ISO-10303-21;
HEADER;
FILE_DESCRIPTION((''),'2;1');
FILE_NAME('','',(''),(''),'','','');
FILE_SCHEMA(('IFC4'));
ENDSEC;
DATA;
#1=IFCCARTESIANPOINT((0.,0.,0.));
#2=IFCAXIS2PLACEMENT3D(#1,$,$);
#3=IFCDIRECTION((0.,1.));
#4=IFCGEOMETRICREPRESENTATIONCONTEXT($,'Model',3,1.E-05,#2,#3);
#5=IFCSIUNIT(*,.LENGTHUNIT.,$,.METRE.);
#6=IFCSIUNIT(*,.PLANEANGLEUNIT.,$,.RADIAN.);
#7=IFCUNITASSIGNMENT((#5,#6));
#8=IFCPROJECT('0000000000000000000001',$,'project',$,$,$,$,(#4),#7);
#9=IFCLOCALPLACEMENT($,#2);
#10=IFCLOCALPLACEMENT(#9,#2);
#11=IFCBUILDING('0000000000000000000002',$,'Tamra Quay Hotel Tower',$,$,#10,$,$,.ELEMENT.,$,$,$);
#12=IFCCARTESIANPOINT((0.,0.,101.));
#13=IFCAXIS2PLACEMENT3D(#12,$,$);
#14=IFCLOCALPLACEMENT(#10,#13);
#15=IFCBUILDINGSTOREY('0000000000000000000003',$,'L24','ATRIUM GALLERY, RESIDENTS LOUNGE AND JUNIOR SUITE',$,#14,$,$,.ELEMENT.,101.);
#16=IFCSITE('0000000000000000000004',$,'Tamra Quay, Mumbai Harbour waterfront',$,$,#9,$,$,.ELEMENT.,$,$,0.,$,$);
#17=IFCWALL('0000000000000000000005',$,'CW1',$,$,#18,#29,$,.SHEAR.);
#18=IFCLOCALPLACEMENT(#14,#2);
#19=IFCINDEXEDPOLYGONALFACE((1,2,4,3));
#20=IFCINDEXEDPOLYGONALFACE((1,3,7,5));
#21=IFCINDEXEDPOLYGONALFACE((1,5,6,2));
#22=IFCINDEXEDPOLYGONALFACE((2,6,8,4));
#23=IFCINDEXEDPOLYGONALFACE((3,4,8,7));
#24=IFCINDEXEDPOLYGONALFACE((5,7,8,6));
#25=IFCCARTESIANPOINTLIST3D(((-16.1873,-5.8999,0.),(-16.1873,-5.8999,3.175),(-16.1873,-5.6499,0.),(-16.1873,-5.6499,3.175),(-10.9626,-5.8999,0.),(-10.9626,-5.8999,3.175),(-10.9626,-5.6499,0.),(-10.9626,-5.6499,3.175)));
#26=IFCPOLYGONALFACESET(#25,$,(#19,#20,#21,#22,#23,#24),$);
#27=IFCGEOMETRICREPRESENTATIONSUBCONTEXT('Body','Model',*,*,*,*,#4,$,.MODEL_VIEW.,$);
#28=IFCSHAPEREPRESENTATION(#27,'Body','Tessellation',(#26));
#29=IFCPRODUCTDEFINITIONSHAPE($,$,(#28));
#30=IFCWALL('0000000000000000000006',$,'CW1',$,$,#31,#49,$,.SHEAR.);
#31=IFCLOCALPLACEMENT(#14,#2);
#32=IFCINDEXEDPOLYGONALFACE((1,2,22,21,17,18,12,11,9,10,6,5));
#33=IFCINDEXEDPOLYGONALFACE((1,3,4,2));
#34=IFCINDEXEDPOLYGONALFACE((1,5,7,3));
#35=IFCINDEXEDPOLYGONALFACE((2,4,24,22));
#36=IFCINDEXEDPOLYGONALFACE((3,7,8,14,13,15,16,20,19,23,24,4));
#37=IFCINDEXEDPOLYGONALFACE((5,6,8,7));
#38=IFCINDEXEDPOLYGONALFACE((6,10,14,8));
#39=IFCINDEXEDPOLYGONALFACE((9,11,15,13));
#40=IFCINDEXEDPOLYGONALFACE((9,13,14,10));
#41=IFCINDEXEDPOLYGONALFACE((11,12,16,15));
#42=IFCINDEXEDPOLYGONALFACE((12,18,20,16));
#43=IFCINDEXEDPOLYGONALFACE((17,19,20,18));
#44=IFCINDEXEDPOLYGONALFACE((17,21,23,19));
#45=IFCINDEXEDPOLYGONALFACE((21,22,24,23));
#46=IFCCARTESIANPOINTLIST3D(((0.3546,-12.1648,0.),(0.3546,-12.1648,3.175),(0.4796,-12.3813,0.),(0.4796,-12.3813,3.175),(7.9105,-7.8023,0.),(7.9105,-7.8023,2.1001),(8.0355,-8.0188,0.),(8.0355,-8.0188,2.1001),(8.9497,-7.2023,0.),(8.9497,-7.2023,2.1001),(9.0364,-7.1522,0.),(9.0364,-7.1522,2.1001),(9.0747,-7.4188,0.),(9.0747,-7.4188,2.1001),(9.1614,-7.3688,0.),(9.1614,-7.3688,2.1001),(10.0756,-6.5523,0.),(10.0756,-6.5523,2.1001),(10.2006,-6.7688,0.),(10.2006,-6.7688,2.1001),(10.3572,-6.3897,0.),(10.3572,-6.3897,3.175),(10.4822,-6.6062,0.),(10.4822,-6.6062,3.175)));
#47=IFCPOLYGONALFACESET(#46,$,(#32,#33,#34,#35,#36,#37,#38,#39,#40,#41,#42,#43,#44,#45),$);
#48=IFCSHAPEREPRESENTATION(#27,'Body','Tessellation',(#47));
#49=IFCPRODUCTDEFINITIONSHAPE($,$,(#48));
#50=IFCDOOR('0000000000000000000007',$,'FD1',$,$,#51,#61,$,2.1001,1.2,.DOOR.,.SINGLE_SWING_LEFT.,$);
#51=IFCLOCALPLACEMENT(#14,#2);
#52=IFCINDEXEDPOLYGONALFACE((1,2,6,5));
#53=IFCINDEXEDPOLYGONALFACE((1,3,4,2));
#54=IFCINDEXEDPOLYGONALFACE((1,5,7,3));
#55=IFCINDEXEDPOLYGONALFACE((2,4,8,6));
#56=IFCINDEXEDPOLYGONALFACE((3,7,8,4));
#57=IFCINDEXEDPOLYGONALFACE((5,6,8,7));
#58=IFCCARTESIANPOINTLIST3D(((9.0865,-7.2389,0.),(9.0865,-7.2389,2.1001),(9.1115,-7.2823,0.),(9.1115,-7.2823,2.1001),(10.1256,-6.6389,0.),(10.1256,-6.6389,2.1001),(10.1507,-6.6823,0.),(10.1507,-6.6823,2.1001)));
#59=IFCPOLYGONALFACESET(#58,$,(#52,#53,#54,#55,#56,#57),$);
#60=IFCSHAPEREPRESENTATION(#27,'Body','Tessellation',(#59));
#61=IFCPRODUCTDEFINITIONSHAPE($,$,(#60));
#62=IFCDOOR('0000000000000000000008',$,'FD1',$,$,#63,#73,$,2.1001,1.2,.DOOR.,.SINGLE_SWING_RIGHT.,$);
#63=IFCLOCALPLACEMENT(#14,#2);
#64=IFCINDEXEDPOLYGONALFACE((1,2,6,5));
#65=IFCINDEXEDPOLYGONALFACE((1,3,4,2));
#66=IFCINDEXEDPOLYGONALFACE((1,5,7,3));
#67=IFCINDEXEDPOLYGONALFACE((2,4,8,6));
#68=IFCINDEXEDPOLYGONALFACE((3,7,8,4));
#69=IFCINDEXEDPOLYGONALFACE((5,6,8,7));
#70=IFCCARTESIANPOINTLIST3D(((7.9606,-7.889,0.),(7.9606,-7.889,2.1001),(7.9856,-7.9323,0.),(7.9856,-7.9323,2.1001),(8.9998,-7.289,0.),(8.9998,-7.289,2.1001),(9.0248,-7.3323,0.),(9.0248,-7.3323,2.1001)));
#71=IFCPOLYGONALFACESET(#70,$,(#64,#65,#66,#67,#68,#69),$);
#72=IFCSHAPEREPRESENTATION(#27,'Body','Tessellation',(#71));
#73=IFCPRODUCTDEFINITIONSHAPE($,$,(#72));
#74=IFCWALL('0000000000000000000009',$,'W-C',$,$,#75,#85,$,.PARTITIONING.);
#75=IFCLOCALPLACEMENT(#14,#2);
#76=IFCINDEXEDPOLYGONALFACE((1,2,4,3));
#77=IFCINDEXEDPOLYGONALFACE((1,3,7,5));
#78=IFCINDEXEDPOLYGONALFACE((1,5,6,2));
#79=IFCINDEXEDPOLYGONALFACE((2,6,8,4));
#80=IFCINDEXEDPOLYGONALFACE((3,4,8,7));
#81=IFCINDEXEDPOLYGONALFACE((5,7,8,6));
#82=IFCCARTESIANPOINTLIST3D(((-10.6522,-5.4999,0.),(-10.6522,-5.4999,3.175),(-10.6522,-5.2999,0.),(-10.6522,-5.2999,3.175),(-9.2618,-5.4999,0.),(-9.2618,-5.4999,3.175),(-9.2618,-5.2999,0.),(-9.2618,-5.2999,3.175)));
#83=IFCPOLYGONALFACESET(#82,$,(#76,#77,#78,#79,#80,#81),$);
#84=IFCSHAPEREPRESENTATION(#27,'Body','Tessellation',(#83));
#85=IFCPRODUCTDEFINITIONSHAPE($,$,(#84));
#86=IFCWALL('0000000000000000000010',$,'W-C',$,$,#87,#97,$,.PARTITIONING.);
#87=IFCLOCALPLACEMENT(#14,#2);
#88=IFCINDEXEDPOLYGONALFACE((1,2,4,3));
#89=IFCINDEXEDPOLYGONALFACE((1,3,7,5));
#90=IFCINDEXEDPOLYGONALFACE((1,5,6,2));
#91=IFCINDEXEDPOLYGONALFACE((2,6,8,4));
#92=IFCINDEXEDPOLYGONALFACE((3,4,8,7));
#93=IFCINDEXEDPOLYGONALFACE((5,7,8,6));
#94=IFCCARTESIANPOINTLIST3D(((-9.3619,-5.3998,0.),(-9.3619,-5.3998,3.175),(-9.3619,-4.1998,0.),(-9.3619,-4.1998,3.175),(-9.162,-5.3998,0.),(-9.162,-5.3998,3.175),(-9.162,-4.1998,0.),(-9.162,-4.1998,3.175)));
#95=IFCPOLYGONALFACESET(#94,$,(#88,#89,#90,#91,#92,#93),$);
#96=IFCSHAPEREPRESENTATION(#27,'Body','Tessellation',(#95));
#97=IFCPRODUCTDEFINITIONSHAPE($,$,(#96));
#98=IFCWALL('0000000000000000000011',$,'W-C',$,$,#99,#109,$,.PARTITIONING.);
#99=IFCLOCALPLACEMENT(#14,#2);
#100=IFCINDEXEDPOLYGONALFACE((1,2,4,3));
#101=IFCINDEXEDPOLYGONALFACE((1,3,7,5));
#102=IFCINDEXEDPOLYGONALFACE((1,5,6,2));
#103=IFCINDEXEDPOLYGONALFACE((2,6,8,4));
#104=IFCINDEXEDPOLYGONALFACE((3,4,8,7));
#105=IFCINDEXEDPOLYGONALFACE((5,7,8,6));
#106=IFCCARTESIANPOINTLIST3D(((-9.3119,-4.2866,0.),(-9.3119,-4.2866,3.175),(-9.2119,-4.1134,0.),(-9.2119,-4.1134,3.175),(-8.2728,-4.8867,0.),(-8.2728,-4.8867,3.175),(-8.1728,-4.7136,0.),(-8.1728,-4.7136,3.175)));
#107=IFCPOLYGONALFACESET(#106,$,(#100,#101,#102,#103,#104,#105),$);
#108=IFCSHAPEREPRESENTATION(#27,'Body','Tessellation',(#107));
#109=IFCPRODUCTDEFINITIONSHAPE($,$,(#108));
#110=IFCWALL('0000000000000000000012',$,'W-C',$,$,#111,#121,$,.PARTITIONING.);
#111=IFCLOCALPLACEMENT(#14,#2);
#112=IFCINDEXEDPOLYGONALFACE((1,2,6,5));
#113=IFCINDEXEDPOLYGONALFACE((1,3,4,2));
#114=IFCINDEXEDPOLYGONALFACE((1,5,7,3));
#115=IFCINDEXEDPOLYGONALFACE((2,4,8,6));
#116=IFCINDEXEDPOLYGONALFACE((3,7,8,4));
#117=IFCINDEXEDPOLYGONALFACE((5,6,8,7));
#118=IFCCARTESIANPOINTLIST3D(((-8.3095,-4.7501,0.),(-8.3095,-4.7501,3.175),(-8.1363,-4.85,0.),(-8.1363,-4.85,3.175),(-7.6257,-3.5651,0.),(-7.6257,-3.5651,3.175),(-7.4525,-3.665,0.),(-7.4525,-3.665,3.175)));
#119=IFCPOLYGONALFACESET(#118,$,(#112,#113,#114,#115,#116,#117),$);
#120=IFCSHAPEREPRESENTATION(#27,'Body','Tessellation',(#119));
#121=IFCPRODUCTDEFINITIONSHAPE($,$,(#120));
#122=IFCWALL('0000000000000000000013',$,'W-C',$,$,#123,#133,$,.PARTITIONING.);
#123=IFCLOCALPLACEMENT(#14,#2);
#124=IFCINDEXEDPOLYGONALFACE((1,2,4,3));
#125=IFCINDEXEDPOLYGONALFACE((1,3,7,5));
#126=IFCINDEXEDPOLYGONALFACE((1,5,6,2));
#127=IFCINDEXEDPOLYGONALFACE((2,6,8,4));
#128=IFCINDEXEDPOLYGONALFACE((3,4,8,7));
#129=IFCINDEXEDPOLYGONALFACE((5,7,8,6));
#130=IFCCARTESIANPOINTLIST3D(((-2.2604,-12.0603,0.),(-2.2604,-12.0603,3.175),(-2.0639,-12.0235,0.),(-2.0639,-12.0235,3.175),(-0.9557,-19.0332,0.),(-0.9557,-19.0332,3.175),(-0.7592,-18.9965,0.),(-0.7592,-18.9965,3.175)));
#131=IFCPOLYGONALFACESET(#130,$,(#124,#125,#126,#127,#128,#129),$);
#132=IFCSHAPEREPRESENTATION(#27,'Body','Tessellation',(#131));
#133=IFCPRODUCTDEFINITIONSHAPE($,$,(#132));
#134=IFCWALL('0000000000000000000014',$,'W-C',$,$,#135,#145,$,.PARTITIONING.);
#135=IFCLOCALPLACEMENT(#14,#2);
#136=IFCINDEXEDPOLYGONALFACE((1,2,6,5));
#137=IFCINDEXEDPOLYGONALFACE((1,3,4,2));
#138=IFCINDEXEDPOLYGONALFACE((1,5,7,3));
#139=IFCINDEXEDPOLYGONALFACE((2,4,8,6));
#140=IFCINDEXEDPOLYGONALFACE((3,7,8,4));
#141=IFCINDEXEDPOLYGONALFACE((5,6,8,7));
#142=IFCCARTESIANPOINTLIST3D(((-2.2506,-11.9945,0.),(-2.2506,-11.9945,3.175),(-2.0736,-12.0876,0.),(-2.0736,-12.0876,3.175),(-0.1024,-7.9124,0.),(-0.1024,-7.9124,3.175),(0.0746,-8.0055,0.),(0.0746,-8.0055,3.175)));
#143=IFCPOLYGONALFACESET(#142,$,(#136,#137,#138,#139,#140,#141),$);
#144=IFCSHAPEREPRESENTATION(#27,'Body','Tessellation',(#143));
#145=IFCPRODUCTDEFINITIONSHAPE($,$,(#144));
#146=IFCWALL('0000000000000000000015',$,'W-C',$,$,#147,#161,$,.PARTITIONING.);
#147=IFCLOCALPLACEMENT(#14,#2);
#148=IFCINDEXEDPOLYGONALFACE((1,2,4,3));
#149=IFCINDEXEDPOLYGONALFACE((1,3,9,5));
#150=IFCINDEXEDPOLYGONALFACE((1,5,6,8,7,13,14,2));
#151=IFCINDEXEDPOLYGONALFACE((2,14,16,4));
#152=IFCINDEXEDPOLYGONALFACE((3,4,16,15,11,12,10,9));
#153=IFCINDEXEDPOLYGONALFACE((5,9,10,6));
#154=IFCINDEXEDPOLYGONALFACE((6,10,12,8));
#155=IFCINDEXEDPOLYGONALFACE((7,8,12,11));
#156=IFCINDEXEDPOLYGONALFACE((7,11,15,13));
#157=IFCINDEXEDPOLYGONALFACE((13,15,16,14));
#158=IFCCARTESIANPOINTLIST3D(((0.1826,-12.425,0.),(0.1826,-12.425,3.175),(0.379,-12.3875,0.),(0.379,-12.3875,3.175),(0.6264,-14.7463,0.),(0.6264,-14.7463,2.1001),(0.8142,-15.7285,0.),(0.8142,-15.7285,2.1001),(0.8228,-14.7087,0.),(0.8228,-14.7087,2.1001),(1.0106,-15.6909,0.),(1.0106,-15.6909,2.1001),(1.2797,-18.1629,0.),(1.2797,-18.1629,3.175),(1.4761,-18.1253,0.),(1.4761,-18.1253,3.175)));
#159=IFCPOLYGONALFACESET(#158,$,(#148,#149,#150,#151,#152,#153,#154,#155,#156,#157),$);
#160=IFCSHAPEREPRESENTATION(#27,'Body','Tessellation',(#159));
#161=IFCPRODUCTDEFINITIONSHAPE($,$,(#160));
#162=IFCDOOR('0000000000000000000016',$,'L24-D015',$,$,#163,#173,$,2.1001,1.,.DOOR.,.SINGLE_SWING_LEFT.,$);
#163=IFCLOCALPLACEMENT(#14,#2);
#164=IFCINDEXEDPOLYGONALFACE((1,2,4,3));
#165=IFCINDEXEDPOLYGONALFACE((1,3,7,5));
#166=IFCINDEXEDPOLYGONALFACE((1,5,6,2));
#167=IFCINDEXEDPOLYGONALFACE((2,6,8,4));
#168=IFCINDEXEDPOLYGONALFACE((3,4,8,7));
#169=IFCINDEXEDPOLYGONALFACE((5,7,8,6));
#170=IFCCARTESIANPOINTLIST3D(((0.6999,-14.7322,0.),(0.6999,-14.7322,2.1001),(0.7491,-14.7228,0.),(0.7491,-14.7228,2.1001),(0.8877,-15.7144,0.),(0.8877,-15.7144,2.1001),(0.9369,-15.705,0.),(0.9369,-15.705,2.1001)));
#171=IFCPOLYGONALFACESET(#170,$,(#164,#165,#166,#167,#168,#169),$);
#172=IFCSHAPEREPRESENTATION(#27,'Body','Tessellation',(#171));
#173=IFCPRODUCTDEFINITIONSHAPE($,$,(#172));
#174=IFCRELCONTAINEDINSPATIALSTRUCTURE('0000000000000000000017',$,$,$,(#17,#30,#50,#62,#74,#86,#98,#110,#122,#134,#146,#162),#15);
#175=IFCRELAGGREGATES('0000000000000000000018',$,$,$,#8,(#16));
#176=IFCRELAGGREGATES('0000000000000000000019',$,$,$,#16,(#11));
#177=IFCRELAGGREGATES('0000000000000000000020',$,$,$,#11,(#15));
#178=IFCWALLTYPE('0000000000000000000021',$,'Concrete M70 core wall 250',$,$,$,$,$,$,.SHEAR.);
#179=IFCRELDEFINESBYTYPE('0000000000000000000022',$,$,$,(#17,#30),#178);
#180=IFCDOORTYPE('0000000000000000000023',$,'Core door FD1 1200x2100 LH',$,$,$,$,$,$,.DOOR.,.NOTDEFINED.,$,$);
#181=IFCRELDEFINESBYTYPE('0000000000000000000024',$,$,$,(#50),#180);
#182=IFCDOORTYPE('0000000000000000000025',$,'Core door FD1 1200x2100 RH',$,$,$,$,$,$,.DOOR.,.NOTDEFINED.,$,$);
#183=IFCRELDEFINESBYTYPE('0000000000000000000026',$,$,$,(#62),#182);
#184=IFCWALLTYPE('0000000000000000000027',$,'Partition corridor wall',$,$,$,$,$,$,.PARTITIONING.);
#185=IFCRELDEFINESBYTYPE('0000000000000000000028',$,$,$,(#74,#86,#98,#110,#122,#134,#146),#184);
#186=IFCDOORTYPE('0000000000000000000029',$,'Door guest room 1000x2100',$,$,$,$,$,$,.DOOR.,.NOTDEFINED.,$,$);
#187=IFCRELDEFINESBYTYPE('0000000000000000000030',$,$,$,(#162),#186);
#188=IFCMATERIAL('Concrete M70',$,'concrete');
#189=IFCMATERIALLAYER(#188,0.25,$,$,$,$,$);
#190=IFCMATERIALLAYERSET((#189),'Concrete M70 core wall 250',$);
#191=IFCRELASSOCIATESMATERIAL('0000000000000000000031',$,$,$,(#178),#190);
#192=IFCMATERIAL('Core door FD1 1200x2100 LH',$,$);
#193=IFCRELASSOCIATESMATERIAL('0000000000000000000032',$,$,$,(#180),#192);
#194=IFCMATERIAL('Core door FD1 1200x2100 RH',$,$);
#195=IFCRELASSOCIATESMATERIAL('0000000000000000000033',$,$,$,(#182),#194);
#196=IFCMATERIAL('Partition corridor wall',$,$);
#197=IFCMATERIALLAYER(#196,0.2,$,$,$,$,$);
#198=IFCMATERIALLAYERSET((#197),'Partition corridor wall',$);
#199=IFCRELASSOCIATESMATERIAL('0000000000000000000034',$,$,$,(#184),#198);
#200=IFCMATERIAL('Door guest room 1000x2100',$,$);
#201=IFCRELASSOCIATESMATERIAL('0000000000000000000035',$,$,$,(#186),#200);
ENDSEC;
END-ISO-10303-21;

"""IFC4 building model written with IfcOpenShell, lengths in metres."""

from ifc_helpers import new_model, si_unit, direction, frame, frame_2d, origin, place, context, subcontext, project, spatial, rectangle, extrude, material, layer, layer_set, type_object, element, fill, save


model = new_model("IFC4")

# Units and contexts
model_context = context("Model", 3, precision=1e-05, world=origin(), true_north=direction((0.0, 1.0)))
body_context = subcontext(model_context, "Body", "Model", "MODEL_VIEW")
ifc_project = project(units=[si_unit("LENGTHUNIT", "METRE"), si_unit("PLANEANGLEUNIT", "RADIAN")], contexts=[model_context])

# Site, building, storey
site_placement = place(None, origin())
site = spatial("IfcSite", under=ifc_project, at=site_placement, Name="Tamra Quay, Mumbai Harbour waterfront", CompositionType="ELEMENT", RefElevation=0.0)
building_placement = place(site_placement, origin())
building = spatial("IfcBuilding", under=site, at=building_placement, Name="Tamra Quay Hotel Tower", CompositionType="ELEMENT")
storey_placement = place(building_placement, frame((0.0, 0.0, 101.0)))
storey = spatial("IfcBuildingStorey", under=building, at=storey_placement, Name="L24", Description="ATRIUM GALLERY, RESIDENTS LOUNGE AND JUNIOR SUITE", CompositionType="ELEMENT", Elevation=101.0)

# Wall
ifc_material_1 = material(Name="Concrete M70", Category="concrete")
ifc_layer_1 = layer(ifc_material_1, 0.25)
ifc_layer_set_1 = layer_set([ifc_layer_1], Name="Concrete M70 core wall 250")
wall_type_1 = type_object("IfcWallType", Name="Concrete M70 core wall 250", PredefinedType="SHEAR", material=ifc_layer_set_1)
wall_1_placement = place(storey_placement, frame((-10.9626, -5.7749, 0.0), z_axis=(0.0, 0.0, 1.0), x_axis=(-1.0, 0.0, 0.0)))
element("IfcWall", 1, at=wall_1_placement, inside=storey, type_object=wall_type_1, Name="CW1", PredefinedType="SHEAR", context=body_context, shape_type="SweptSolid", body=[
    extrude(rectangle(XDim=5.2246, YDim=0.25, at=frame_2d((2.6123, 0.0))), origin(), (0.0, 0.0, 1.0), 3.175),
])

# Wall, openings, doors
wall_2_placement = place(storey_placement, frame((0.4172, -12.2729, 0.0), z_axis=(0.0, 0.0, 1.0), x_axis=(0.866022, 0.500006, 0.0)))
wall_2 = element("IfcWall", 2, at=wall_2_placement, inside=storey, type_object=wall_type_1, Name="CW1", PredefinedType="SHEAR", context=body_context, shape_type="SweptSolid", body=[
    extrude(rectangle(XDim=11.55, YDim=0.25, at=frame_2d((5.7749, 0.0))), origin(), (0.0, 0.0, 1.0), 3.175),
])
opening_1_placement = place(wall_2_placement, frame((10.0247, 0.0, 0.0)))
opening_1 = element("IfcOpeningElement", 3, at=opening_1_placement, cuts=wall_2, PredefinedType="OPENING", context=body_context, shape_type="SweptSolid", body=[
    extrude(rectangle(XDim=1.2, YDim=2.1001, at=frame_2d((0.6001, 1.05))), frame((0.0, 0.135, 0.0), z_axis=(0.0, -1.0, 0.0), x_axis=(1.0, 0.0, 0.0)), (0.0, 0.0, 1.0), 0.27),
])
opening_2_placement = place(wall_2_placement, frame((8.7246, 0.0, 0.0)))
opening_2 = element("IfcOpeningElement", 4, at=opening_2_placement, cuts=wall_2, PredefinedType="OPENING", context=body_context, shape_type="SweptSolid", body=[
    extrude(rectangle(XDim=1.2, YDim=2.1001, at=frame_2d((0.6001, 1.05))), frame((0.0, 0.135, 0.0), z_axis=(0.0, -1.0, 0.0), x_axis=(1.0, 0.0, 0.0)), (0.0, 0.0, 1.0), 0.27),
])
ifc_material_2 = material(Name="Core door FD1 1200x2100 LH")
door_type_1 = type_object("IfcDoorType", Name="Core door FD1 1200x2100 LH", OperationType="NOTDEFINED", PredefinedType="DOOR", material=ifc_material_2)
door_1_placement = place(opening_1_placement, origin())
door_1 = element("IfcDoor", 5, at=door_1_placement, inside=storey, type_object=door_type_1, Name="FD1", OperationType="SINGLE_SWING_LEFT", OverallHeight=2.1001, OverallWidth=1.2, PredefinedType="DOOR", context=body_context, shape_type="SweptSolid", body=[
    extrude(rectangle(XDim=1.2, YDim=2.1001, at=frame_2d((0.6001, 1.05))), frame((0.0, 0.0249, 0.0), z_axis=(0.0, -1.0, 0.0), x_axis=(1.0, 0.0, 0.0)), (0.0, 0.0, 1.0), 0.05),
])
fill(opening_1, door_1)
ifc_material_3 = material(Name="Core door FD1 1200x2100 RH")
door_type_2 = type_object("IfcDoorType", Name="Core door FD1 1200x2100 RH", OperationType="NOTDEFINED", PredefinedType="DOOR", material=ifc_material_3)
door_2_placement = place(opening_2_placement, origin())
door_2 = element("IfcDoor", 6, at=door_2_placement, inside=storey, type_object=door_type_2, Name="FD1", OperationType="SINGLE_SWING_RIGHT", OverallHeight=2.1001, OverallWidth=1.2, PredefinedType="DOOR", context=body_context, shape_type="SweptSolid", body=[
    extrude(rectangle(XDim=1.2, YDim=2.1001, at=frame_2d((0.6001, 1.05))), frame((0.0, 0.0249, 0.0), z_axis=(0.0, -1.0, 0.0), x_axis=(1.0, 0.0, 0.0)), (0.0, 0.0, 1.0), 0.05),
])
fill(opening_2, door_2)

# Walls
ifc_material_4 = material(Name="Partition corridor wall")
ifc_layer_2 = layer(ifc_material_4, 0.2)
ifc_layer_set_2 = layer_set([ifc_layer_2], Name="Partition corridor wall")
wall_type_2 = type_object("IfcWallType", Name="Partition corridor wall", PredefinedType="PARTITIONING", material=ifc_layer_set_2)
wall_3_placement = place(storey_placement, frame((-10.6523, -5.3999, 0.0), z_axis=(0.0, 0.0, 1.0), x_axis=(1.0, 0.0, 0.0)))
element("IfcWall", 7, at=wall_3_placement, inside=storey, type_object=wall_type_2, Name="W-C", PredefinedType="PARTITIONING", context=body_context, shape_type="SweptSolid", body=[
    extrude(rectangle(XDim=1.3904, YDim=0.2, at=frame_2d((0.6953, 0.0))), origin(), (0.0, 0.0, 1.0), 3.175),
])
for number, where, z_axis, x_axis, name in (
    (8, (-9.262, -5.3999, 0.0), (0.0, 0.0, 1.0), (0.0, 1.0, 0.0), "W-C"),
    (9, (-9.262, -4.2, 0.0), (0.0, 0.0, 1.0), (0.865955, -0.500122, 0.0), "W-C"),
):
    element("IfcWall", number, at=place(storey_placement, frame(where, z_axis=z_axis, x_axis=x_axis)), inside=storey, type_object=wall_type_2, Name=name, PredefinedType="PARTITIONING", context=body_context, shape_type="SweptSolid", body=[
        extrude(rectangle(XDim=1.2, YDim=0.2, at=frame_2d((0.6001, 0.0))), origin(), (0.0, 0.0, 1.0), 3.175),
    ])
wall_4_placement = place(storey_placement, frame((-8.2229, -4.8, 0.0), z_axis=(0.0, 0.0, 1.0), x_axis=(0.499805, 0.866138, 0.0)))
element("IfcWall", 10, at=wall_4_placement, inside=storey, type_object=wall_type_2, Name="W-C", PredefinedType="PARTITIONING", context=body_context, shape_type="SweptSolid", body=[
    extrude(rectangle(XDim=1.3682, YDim=0.2, at=frame_2d((0.6841, 0.0))), origin(), (0.0, 0.0, 1.0), 3.175),
])
wall_5_placement = place(storey_placement, frame((-2.1621, -12.042, 0.0), z_axis=(0.0, 0.0, 1.0), x_axis=(0.183917, -0.982942, 0.0)))
element("IfcWall", 11, at=wall_5_placement, inside=storey, type_object=wall_type_2, Name="W-C", PredefinedType="PARTITIONING", context=body_context, shape_type="SweptSolid", body=[
    extrude(rectangle(XDim=7.094, YDim=0.2, at=frame_2d((3.5469, 0.0))), origin(), (0.0, 0.0, 1.0), 3.175),
])
wall_6_placement = place(storey_placement, frame((-2.1621, -12.041, 0.0), z_axis=(0.0, 0.0, 1.0), x_axis=(0.465705, 0.88494, 0.0)))
element("IfcWall", 12, at=wall_6_placement, inside=storey, type_object=wall_type_2, Name="W-C", PredefinedType="PARTITIONING", context=body_context, shape_type="SweptSolid", body=[
    extrude(rectangle(XDim=4.6128, YDim=0.2, at=frame_2d((2.3064, 0.0))), origin(), (0.0, 0.0, 1.0), 3.175),
])

# Wall, opening, door
wall_7_placement = place(storey_placement, frame((0.2808, -12.4062, 0.0), z_axis=(0.0, 0.0, 1.0), x_axis=(0.187815, -0.982204, 0.0)))
wall_7 = element("IfcWall", 13, at=wall_7_placement, inside=storey, type_object=wall_type_2, Name="W-C", PredefinedType="PARTITIONING", context=body_context, shape_type="SweptSolid", body=[
    extrude(rectangle(XDim=5.8418, YDim=0.2, at=frame_2d((2.9209, 0.0))), origin(), (0.0, 0.0, 1.0), 3.175),
])
opening_3_placement = place(wall_7_placement, frame((2.3633, 0.0, 0.0)))
opening_3 = element("IfcOpeningElement", 14, at=opening_3_placement, cuts=wall_7, PredefinedType="OPENING", context=body_context, shape_type="SweptSolid", body=[
    extrude(rectangle(XDim=1.0, YDim=2.1001, at=frame_2d((0.5, 1.05))), frame((0.0, 0.1099, 0.0), z_axis=(0.0, -1.0, 0.0), x_axis=(1.0, 0.0, 0.0)), (0.0, 0.0, 1.0), 0.22),
])
ifc_material_5 = material(Name="Door guest room 1000x2100")
door_type_3 = type_object("IfcDoorType", Name="Door guest room 1000x2100", OperationType="NOTDEFINED", PredefinedType="DOOR", material=ifc_material_5)
door_3_placement = place(opening_3_placement, origin())
door_3 = element("IfcDoor", 15, at=door_3_placement, inside=storey, type_object=door_type_3, Name="L24-D015", OperationType="SINGLE_SWING_LEFT", OverallHeight=2.1001, OverallWidth=1.0, PredefinedType="DOOR", context=body_context, shape_type="SweptSolid", body=[
    extrude(rectangle(XDim=1.0, YDim=2.1001, at=frame_2d((0.5, 1.05))), frame((0.0, 0.0249, 0.0), z_axis=(0.0, -1.0, 0.0), x_axis=(1.0, 0.0, 0.0)), (0.0, 0.0, 1.0), 0.05),
])
fill(opening_3, door_3)

save(model, "model.ifc")
